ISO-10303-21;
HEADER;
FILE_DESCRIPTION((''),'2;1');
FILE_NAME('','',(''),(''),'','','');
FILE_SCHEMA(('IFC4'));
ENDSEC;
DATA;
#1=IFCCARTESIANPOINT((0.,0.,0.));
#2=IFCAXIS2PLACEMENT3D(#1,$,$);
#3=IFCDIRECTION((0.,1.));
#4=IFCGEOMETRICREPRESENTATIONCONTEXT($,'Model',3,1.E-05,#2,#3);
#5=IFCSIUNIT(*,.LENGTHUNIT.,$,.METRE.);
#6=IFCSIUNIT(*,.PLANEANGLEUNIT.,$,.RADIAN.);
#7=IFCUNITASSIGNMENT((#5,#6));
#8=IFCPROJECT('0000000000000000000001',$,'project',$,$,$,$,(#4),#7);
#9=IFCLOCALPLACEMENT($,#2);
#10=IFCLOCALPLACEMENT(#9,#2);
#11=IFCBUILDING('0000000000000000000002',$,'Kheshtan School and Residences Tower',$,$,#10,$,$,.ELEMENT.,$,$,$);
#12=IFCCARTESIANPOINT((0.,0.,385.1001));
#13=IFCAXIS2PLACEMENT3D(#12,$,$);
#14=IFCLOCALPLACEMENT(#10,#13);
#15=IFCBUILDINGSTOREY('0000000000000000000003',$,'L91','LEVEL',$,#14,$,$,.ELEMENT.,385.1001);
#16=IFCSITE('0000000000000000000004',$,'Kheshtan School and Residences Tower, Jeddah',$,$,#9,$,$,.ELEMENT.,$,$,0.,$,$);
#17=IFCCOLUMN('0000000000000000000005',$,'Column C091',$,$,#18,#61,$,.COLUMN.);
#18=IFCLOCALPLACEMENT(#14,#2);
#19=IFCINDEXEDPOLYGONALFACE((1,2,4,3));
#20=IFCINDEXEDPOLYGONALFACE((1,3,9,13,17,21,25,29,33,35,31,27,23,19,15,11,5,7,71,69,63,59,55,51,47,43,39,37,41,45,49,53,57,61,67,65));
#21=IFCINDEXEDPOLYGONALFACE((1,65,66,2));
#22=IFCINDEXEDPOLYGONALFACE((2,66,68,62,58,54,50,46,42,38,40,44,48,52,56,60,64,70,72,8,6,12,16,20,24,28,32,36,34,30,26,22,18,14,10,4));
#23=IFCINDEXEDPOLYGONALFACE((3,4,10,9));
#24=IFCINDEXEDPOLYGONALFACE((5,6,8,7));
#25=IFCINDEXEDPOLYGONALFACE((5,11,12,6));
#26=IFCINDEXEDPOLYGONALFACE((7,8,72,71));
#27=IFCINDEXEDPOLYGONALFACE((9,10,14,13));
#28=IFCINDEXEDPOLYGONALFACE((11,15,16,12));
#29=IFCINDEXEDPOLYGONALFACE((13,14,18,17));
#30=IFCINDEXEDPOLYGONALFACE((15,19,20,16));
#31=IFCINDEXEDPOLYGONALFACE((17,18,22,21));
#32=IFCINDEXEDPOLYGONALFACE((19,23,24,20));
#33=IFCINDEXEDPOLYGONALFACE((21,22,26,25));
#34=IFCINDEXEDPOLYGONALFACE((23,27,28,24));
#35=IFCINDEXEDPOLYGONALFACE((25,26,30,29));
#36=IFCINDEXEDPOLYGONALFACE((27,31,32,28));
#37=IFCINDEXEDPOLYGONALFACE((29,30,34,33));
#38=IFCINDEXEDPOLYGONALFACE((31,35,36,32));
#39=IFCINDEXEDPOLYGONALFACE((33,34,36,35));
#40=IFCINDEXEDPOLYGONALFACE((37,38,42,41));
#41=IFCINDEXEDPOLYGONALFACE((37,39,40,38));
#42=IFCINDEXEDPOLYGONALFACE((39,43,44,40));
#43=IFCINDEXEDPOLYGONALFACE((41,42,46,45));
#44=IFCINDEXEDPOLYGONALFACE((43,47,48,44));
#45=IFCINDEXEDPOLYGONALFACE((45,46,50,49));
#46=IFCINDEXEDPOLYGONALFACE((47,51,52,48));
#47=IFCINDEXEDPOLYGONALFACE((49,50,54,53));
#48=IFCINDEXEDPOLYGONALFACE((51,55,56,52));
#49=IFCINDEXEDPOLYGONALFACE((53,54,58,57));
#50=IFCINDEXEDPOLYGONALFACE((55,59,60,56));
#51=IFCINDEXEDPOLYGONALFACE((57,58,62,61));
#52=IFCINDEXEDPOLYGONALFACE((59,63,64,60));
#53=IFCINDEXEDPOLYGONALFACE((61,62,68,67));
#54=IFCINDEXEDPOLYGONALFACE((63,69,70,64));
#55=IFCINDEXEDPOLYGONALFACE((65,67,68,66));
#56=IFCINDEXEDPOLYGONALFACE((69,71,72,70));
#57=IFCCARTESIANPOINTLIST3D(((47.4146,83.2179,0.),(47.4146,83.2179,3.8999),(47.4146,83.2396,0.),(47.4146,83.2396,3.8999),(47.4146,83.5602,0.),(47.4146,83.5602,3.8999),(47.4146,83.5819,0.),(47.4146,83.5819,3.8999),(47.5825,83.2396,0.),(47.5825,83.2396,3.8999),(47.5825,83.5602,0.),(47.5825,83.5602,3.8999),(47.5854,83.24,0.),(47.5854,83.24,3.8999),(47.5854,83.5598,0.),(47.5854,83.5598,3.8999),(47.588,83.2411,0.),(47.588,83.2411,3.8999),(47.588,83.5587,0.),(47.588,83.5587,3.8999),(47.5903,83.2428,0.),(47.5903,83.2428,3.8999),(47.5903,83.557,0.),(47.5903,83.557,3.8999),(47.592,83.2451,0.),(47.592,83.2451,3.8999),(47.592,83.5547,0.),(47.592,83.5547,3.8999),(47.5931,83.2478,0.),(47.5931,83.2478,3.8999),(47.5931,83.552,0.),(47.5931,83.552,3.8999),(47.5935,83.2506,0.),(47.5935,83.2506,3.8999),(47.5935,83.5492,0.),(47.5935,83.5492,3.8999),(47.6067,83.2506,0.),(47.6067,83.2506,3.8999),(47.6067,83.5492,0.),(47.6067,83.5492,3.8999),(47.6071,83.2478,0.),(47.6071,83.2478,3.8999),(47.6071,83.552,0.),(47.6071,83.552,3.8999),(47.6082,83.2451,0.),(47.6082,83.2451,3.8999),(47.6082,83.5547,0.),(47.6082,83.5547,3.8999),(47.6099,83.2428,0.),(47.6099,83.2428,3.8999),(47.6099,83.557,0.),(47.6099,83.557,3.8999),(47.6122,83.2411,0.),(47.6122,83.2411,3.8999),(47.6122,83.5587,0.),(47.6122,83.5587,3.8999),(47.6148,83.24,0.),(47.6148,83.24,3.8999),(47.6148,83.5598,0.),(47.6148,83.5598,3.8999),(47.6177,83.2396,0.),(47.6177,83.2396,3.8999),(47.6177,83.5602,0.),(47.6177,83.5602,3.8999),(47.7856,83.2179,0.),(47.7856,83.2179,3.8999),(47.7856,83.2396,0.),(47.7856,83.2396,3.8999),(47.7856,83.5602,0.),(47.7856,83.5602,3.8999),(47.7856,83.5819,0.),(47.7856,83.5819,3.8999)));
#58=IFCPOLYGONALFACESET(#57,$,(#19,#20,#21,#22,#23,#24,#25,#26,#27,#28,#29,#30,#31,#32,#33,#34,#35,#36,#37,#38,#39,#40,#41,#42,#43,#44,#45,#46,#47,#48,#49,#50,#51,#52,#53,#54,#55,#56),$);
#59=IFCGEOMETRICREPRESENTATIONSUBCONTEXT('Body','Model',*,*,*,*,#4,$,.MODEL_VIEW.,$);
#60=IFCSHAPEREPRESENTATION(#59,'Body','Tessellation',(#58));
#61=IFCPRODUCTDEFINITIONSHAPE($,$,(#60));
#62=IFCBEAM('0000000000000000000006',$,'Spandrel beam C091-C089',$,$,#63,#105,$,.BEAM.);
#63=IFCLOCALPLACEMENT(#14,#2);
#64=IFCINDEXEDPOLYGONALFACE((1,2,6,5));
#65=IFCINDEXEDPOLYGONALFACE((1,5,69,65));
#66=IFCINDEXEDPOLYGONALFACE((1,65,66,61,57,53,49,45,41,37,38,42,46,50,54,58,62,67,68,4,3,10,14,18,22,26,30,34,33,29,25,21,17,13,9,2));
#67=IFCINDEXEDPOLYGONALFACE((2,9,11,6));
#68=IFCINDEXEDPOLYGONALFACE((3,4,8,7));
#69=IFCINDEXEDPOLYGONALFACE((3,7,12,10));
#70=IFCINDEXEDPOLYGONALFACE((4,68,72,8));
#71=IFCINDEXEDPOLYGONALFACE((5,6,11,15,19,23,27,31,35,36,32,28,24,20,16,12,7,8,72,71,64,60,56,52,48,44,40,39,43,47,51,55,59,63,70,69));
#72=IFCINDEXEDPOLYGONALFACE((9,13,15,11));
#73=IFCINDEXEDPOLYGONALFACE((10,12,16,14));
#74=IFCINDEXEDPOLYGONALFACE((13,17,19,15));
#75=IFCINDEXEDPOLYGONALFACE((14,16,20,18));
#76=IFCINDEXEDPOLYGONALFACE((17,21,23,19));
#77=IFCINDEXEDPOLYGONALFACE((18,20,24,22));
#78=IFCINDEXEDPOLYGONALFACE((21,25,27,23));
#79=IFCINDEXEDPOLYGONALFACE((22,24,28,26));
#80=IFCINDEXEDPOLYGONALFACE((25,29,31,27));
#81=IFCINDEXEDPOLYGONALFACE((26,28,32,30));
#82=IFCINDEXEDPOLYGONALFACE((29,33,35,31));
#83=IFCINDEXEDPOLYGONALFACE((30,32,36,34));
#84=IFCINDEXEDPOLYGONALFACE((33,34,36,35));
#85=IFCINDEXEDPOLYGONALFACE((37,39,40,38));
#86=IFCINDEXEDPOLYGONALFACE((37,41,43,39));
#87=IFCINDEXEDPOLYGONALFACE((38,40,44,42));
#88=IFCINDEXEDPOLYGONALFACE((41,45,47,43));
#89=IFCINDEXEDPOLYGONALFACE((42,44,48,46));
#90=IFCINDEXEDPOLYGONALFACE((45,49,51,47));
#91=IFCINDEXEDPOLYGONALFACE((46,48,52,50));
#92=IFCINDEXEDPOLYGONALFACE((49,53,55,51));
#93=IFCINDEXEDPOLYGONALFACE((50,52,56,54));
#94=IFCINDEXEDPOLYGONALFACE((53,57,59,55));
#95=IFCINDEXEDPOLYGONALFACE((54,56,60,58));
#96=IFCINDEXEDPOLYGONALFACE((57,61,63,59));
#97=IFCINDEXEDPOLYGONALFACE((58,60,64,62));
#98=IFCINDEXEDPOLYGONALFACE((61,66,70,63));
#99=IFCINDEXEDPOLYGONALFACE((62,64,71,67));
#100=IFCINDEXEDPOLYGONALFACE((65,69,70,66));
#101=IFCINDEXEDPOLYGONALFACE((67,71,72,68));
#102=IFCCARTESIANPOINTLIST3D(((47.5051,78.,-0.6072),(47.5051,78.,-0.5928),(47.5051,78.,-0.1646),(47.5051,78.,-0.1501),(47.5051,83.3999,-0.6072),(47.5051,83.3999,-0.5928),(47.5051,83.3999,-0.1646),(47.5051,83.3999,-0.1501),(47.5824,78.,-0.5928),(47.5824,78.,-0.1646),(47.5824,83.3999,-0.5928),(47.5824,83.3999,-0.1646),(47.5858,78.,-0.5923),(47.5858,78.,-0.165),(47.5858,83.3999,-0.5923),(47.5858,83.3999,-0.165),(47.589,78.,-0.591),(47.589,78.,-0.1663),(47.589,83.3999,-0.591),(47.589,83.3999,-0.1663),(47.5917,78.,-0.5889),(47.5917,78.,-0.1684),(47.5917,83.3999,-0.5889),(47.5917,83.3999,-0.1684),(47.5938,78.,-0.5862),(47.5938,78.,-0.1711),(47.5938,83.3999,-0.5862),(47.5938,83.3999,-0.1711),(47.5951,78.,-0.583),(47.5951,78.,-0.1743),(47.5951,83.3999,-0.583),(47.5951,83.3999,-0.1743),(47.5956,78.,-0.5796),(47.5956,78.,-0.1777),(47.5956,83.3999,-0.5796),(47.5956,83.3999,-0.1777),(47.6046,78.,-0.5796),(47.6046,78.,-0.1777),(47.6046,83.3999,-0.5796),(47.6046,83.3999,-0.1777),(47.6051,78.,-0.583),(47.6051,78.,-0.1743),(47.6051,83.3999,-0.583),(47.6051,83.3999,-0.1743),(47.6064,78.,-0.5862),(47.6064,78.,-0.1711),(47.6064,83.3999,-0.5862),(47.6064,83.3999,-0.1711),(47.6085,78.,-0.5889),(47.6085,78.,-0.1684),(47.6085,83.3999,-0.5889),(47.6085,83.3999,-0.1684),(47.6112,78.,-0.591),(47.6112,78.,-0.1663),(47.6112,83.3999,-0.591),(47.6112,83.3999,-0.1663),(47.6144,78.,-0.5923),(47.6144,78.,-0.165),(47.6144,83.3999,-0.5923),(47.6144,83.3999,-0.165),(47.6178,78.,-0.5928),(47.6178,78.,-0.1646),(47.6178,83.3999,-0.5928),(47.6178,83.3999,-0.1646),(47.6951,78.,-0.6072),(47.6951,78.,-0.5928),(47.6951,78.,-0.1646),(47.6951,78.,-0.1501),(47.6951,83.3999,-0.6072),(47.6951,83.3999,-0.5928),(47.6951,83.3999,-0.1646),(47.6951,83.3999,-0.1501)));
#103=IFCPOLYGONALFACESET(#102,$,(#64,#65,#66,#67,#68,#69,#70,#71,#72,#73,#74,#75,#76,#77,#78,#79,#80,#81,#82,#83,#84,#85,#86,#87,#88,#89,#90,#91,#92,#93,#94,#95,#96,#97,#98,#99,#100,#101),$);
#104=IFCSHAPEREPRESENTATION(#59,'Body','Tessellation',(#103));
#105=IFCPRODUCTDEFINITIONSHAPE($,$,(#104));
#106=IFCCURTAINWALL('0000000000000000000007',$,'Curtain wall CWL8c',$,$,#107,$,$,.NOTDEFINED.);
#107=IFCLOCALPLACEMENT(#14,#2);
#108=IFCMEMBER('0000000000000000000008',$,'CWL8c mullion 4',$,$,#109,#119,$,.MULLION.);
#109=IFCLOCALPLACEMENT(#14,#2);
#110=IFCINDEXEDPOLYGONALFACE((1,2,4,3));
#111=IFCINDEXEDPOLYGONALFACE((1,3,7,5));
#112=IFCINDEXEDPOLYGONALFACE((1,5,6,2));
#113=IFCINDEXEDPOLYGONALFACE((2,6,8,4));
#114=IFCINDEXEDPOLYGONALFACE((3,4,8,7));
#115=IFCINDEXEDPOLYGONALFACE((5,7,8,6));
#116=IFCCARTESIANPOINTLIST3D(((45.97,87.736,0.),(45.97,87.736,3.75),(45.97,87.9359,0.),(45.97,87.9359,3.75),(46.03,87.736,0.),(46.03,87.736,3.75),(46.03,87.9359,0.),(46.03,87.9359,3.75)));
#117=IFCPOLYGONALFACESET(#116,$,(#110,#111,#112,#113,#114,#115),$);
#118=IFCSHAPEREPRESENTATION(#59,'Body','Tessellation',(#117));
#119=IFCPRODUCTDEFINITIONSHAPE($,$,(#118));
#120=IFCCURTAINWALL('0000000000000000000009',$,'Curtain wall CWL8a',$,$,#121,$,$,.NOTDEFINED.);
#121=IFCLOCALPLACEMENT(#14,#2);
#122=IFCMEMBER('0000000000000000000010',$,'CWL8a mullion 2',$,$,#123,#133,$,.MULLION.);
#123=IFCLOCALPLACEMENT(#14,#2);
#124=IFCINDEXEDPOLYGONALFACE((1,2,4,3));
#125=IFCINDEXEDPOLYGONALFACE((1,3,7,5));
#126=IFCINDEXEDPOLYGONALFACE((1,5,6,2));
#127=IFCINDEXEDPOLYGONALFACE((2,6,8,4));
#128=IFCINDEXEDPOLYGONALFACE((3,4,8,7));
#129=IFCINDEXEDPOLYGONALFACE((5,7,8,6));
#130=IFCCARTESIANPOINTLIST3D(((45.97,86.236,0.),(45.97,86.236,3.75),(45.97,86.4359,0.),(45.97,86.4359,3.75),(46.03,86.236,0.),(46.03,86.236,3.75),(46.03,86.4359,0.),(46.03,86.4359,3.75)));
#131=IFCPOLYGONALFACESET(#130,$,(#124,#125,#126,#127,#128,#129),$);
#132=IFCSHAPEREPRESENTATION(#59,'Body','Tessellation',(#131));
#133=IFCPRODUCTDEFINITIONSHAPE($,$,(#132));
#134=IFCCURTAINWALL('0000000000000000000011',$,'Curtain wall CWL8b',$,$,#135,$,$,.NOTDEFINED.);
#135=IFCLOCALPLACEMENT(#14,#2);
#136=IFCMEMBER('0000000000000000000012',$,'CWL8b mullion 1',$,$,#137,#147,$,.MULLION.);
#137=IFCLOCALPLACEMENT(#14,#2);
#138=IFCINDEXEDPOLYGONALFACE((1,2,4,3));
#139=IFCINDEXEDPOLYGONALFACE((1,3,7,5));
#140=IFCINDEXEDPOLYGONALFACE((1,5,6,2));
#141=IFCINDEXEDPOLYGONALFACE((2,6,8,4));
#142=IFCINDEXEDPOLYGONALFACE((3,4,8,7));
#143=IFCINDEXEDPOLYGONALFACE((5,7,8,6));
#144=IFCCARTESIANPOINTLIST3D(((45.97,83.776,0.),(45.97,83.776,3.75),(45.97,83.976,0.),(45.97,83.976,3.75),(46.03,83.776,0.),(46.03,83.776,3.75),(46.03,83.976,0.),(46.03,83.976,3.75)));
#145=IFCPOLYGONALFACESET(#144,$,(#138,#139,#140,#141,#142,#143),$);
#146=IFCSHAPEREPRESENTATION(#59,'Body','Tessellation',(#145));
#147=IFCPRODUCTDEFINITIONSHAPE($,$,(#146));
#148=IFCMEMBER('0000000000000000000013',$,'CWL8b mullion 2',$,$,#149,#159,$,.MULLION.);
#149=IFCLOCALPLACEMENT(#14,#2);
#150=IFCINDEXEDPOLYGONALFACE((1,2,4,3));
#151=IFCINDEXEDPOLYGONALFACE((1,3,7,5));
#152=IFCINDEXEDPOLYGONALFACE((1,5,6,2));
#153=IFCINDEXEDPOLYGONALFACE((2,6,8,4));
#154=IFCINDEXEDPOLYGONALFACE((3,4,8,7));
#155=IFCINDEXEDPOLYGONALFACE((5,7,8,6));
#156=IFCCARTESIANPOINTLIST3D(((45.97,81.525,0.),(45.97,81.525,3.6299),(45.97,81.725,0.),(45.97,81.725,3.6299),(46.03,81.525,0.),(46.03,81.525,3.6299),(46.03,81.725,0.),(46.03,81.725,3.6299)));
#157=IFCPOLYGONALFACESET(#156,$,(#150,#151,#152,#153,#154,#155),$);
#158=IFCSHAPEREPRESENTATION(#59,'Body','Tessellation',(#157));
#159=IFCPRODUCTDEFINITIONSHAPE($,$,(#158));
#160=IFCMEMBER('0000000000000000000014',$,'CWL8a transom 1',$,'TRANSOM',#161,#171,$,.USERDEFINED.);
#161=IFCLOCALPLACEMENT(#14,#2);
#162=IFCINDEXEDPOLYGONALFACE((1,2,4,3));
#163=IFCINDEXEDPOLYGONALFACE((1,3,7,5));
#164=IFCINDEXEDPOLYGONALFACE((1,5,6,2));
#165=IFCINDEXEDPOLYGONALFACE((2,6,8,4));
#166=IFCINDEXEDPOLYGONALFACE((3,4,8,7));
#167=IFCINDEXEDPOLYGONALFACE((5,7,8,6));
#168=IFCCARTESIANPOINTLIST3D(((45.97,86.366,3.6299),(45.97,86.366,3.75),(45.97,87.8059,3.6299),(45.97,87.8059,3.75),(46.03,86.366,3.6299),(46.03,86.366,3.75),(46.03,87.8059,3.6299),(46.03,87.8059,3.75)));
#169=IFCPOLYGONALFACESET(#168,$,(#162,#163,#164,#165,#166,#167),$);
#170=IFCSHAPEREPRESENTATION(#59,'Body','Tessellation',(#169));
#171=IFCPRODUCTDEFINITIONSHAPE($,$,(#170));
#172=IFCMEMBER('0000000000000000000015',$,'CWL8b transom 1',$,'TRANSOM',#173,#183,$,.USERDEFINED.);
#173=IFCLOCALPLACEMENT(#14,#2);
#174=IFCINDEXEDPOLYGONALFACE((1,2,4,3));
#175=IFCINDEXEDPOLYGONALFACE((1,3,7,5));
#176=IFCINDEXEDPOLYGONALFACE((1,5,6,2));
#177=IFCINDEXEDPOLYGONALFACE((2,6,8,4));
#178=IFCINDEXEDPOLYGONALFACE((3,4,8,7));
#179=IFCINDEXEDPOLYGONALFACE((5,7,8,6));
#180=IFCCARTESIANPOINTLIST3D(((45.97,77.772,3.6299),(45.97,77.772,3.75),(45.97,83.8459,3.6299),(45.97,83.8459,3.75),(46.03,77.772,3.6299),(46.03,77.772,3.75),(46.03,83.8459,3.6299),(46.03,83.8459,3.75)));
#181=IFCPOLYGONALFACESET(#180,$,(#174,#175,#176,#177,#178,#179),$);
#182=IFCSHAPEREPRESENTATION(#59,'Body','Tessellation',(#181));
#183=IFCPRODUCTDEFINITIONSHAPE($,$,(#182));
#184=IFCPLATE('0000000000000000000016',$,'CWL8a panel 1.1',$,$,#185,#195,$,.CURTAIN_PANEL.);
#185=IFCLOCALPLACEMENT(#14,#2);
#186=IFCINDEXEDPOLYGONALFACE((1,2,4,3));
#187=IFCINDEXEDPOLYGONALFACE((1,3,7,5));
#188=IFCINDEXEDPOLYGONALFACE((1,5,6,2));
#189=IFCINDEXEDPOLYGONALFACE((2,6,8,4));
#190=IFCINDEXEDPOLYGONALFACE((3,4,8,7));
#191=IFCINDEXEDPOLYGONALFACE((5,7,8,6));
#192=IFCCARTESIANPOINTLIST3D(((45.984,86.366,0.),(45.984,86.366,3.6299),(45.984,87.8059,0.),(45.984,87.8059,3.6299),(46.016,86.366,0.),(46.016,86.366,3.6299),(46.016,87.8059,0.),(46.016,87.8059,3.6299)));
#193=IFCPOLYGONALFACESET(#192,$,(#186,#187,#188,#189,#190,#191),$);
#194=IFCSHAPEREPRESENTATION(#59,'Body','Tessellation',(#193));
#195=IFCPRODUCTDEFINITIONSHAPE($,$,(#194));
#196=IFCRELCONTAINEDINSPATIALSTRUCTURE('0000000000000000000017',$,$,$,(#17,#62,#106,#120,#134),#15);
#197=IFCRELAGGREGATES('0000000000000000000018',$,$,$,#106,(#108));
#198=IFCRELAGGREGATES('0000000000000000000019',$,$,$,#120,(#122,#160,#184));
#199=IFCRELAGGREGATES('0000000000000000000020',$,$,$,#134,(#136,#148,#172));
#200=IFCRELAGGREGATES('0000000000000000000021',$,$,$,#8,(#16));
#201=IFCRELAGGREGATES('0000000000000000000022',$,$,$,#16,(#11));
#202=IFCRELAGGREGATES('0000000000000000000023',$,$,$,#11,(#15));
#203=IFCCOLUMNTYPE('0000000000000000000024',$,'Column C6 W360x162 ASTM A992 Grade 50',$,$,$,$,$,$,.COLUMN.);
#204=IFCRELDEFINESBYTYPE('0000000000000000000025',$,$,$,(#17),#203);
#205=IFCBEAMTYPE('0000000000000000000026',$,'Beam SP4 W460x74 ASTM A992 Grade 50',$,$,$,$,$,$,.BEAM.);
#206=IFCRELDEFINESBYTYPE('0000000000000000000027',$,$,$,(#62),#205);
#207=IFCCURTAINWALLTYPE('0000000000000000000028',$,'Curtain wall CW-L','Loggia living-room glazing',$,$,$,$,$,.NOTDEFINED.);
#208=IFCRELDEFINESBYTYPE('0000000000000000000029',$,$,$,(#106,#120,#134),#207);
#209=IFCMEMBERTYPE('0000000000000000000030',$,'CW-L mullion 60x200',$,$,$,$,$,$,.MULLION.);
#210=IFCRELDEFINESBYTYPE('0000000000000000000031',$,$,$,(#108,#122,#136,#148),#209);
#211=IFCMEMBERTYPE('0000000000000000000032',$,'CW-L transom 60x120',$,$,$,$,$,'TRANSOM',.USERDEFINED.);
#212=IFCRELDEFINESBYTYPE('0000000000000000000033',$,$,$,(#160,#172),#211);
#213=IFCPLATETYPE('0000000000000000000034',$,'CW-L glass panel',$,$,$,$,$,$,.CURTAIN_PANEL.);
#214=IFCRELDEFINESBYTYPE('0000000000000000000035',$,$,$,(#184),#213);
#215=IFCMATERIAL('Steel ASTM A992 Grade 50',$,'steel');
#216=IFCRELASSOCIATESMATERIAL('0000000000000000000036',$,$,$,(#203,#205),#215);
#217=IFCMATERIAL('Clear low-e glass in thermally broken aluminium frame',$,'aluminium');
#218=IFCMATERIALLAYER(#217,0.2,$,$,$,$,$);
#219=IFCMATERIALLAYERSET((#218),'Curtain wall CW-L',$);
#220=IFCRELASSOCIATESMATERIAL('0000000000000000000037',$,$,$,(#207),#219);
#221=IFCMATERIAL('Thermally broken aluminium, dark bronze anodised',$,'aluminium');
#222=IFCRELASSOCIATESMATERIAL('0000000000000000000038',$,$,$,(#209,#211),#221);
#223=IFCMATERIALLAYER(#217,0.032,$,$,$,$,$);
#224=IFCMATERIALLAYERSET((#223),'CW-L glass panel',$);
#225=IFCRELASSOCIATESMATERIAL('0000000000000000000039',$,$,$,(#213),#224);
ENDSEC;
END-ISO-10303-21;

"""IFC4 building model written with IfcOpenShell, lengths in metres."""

from ifc_helpers import new_model, si_unit, direction, frame, origin, origin_2d, place, context, subcontext, project, spatial, rectangle, i_section, extrude, material, layer, layer_set, material_profile, profile_set, type_object, element, aggregate, save


model = new_model("IFC4")

# Units and contexts
model_context = context("Model", 3, precision=1e-05, world=origin(), true_north=direction((0.0, 1.0)))
body_context = subcontext(model_context, "Body", "Model", "MODEL_VIEW")
ifc_project = project(units=[si_unit("LENGTHUNIT", "METRE"), si_unit("PLANEANGLEUNIT", "RADIAN")], contexts=[model_context])

# Site, building, storey
site_placement = place(None, origin())
site = spatial("IfcSite", under=ifc_project, at=site_placement, Name="Kheshtan School and Residences Tower, Jeddah", CompositionType="ELEMENT", RefElevation=0.0)
building_placement = place(site_placement, origin())
building = spatial("IfcBuilding", under=site, at=building_placement, Name="Kheshtan School and Residences Tower", CompositionType="ELEMENT")
storey_placement = place(building_placement, frame((0.0, 0.0, 385.1001)))
storey = spatial("IfcBuildingStorey", under=building, at=storey_placement, Name="L91", Description="LEVEL", CompositionType="ELEMENT", Elevation=385.1001)

# Column
ifc_material_1 = material(Name="Steel ASTM A992 Grade 50", Category="steel")
ifc_material_profile_1 = material_profile(ifc_material_1, i_section(OverallWidth=0.3711, OverallDepth=0.364, WebThickness=0.0132, FlangeThickness=0.0217, FilletRadius=0.011, at=origin_2d()), Name="W360x162")
ifc_profile_set_1 = profile_set([ifc_material_profile_1], Name="Steel ASTM A992 Grade 50")
column_type = type_object("IfcColumnType", Name="Column C6 W360x162 ASTM A992 Grade 50", PredefinedType="COLUMN", material=ifc_profile_set_1)
column_placement = place(storey_placement, frame((47.6001, 83.3999, 0.0), z_axis=(0.0, 0.0, 1.0), x_axis=(1.0, 0.0, 0.0)))
element("IfcColumn", 1, at=column_placement, inside=storey, type_object=column_type, Name="Column C091", PredefinedType="COLUMN", context=body_context, shape_type="SweptSolid", body=[
    extrude(i_section(OverallWidth=0.3711, OverallDepth=0.364, WebThickness=0.0132, FlangeThickness=0.0217, FilletRadius=0.011, at=origin_2d()), origin(), (0.0, 0.0, 1.0), 3.8999),
])

# Beam
ifc_material_profile_2 = material_profile(ifc_material_1, i_section(OverallWidth=0.1899, OverallDepth=0.457, WebThickness=0.009, FlangeThickness=0.0144, FilletRadius=0.0132, at=origin_2d()), Name="W460x74")
ifc_profile_set_2 = profile_set([ifc_material_profile_2], Name="Steel ASTM A992 Grade 50")
beam_type = type_object("IfcBeamType", Name="Beam SP4 W460x74 ASTM A992 Grade 50", PredefinedType="BEAM", material=ifc_profile_set_2)
beam_placement = place(storey_placement, frame((47.6001, 83.3999, -0.3787), z_axis=(0.0, -1.0, 0.0), x_axis=(1.0, 0.0, 0.0)))
element("IfcBeam", 2, at=beam_placement, inside=storey, type_object=beam_type, Name="Spandrel beam C091-C089", PredefinedType="BEAM", context=body_context, shape_type="SweptSolid", body=[
    extrude(i_section(OverallWidth=0.1899, OverallDepth=0.457, WebThickness=0.009, FlangeThickness=0.0144, FilletRadius=0.0132, at=origin_2d()), origin(), (0.0, 0.0, 1.0), 5.3999),
])

# Curtain walls, members
ifc_material_2 = material(Name="Clear low-e glass in thermally broken aluminium frame", Category="aluminium")
ifc_layer_1 = layer(ifc_material_2, 0.2)
ifc_layer_set_1 = layer_set([ifc_layer_1], Name="Curtain wall CW-L")
curtain_wall_type = type_object("IfcCurtainWallType", Name="Curtain wall CW-L", Description="Loggia living-room glazing", PredefinedType="NOTDEFINED", material=ifc_layer_set_1)
curtain_wall_1_placement = place(storey_placement, origin())
curtain_wall_1 = element("IfcCurtainWall", 3, at=curtain_wall_1_placement, inside=storey, type_object=curtain_wall_type, Name="Curtain wall CWL8c", PredefinedType="NOTDEFINED")
ifc_material_3 = material(Name="Thermally broken aluminium, dark bronze anodised", Category="aluminium")
ifc_material_profile_3 = material_profile(ifc_material_3, rectangle(XDim=0.0601, YDim=0.2, at=origin_2d()), Name="CW-L mullion 60x200")
ifc_profile_set_3 = profile_set([ifc_material_profile_3], Name="Thermally broken aluminium, dark bronze anodised")
member_type_1 = type_object("IfcMemberType", Name="CW-L mullion 60x200", PredefinedType="MULLION", material=ifc_profile_set_3)
member_1_placement = place(storey_placement, frame((46.0, 87.8359, 0.0), z_axis=(0.0, 0.0, 1.0), x_axis=(1.0, 0.0, 0.0)))
member_1 = element("IfcMember", 4, at=member_1_placement, type_object=member_type_1, Name="CWL8c mullion 4", PredefinedType="MULLION", context=body_context, shape_type="SweptSolid", body=[
    extrude(rectangle(XDim=0.0601, YDim=0.2, at=origin_2d()), origin(), (0.0, 0.0, 1.0), 3.75),
])
aggregate(curtain_wall_1, [member_1])
curtain_wall_2_placement = place(storey_placement, origin())
curtain_wall_2 = element("IfcCurtainWall", 5, at=curtain_wall_2_placement, inside=storey, type_object=curtain_wall_type, Name="Curtain wall CWL8a", PredefinedType="NOTDEFINED")
member_2_placement = place(storey_placement, frame((46.0, 86.3359, 0.0), z_axis=(0.0, 0.0, 1.0), x_axis=(1.0, 0.0, 0.0)))
member_2 = element("IfcMember", 6, at=member_2_placement, type_object=member_type_1, Name="CWL8a mullion 2", PredefinedType="MULLION", context=body_context, shape_type="SweptSolid", body=[
    extrude(rectangle(XDim=0.0601, YDim=0.2, at=origin_2d()), origin(), (0.0, 0.0, 1.0), 3.75),
])

# Curtain wall, members
curtain_wall_3_placement = place(storey_placement, origin())
curtain_wall_3 = element("IfcCurtainWall", 7, at=curtain_wall_3_placement, inside=storey, type_object=curtain_wall_type, Name="Curtain wall CWL8b", PredefinedType="NOTDEFINED")
member_3_placement = place(storey_placement, frame((46.0, 83.876, 0.0), z_axis=(0.0, 0.0, 1.0), x_axis=(1.0, 0.0, 0.0)))
member_3 = element("IfcMember", 8, at=member_3_placement, type_object=member_type_1, Name="CWL8b mullion 1", PredefinedType="MULLION", context=body_context, shape_type="SweptSolid", body=[
    extrude(rectangle(XDim=0.0601, YDim=0.2, at=origin_2d()), origin(), (0.0, 0.0, 1.0), 3.75),
])
member_4_placement = place(storey_placement, frame((46.0, 81.625, 0.0), z_axis=(0.0, 0.0, 1.0), x_axis=(1.0, 0.0, 0.0)))
member_4 = element("IfcMember", 9, at=member_4_placement, type_object=member_type_1, Name="CWL8b mullion 2", PredefinedType="MULLION", context=body_context, shape_type="SweptSolid", body=[
    extrude(rectangle(XDim=0.0601, YDim=0.2, at=origin_2d()), origin(), (0.0, 0.0, 1.0), 3.6299),
])

# Members
ifc_material_profile_4 = material_profile(ifc_material_3, rectangle(XDim=0.0601, YDim=0.1201, at=origin_2d()), Name="CW-L transom 60x120")
ifc_profile_set_4 = profile_set([ifc_material_profile_4], Name="Thermally broken aluminium, dark bronze anodised")
member_type_2 = type_object("IfcMemberType", Name="CW-L transom 60x120", ElementType="TRANSOM", PredefinedType="USERDEFINED", material=ifc_profile_set_4)
member_5_placement = place(storey_placement, frame((46.0, 87.8059, 3.6899), z_axis=(0.0, -1.0, 0.0), x_axis=(1.0, 0.0, 0.0)))
member_5 = element("IfcMember", 10, at=member_5_placement, type_object=member_type_2, Name="CWL8a transom 1", ObjectType="TRANSOM", PredefinedType="USERDEFINED", context=body_context, shape_type="SweptSolid", body=[
    extrude(rectangle(XDim=0.0601, YDim=0.1201, at=origin_2d()), origin(), (0.0, 0.0, 1.0), 1.4399),
])
member_6_placement = place(storey_placement, frame((46.0, 83.8459, 3.6899), z_axis=(0.0, -1.0, 0.0), x_axis=(1.0, 0.0, 0.0)))
member_6 = element("IfcMember", 11, at=member_6_placement, type_object=member_type_2, Name="CWL8b transom 1", ObjectType="TRANSOM", PredefinedType="USERDEFINED", context=body_context, shape_type="SweptSolid", body=[
    extrude(rectangle(XDim=0.0601, YDim=0.1201, at=origin_2d()), origin(), (0.0, 0.0, 1.0), 6.074),
])

# Plate
ifc_layer_2 = layer(ifc_material_2, 0.032)
ifc_layer_set_2 = layer_set([ifc_layer_2], Name="CW-L glass panel")
plate_type = type_object("IfcPlateType", Name="CW-L glass panel", PredefinedType="CURTAIN_PANEL", material=ifc_layer_set_2)
plate_1_placement = place(storey_placement, frame((46.0, 87.0859, 0.0), z_axis=(0.0, 0.0, 1.0), x_axis=(0.0, -1.0, 0.0)))
plate_1 = element("IfcPlate", 12, at=plate_1_placement, type_object=plate_type, Name="CWL8a panel 1.1", PredefinedType="CURTAIN_PANEL", context=body_context, shape_type="SweptSolid", body=[
    extrude(rectangle(XDim=1.4399, YDim=0.032, at=origin_2d()), origin(), (0.0, 0.0, 1.0), 3.6299),
])
aggregate(curtain_wall_2, [member_2, member_5, plate_1])
aggregate(curtain_wall_3, [member_3, member_4, member_6])

save(model, "model.ifc")
